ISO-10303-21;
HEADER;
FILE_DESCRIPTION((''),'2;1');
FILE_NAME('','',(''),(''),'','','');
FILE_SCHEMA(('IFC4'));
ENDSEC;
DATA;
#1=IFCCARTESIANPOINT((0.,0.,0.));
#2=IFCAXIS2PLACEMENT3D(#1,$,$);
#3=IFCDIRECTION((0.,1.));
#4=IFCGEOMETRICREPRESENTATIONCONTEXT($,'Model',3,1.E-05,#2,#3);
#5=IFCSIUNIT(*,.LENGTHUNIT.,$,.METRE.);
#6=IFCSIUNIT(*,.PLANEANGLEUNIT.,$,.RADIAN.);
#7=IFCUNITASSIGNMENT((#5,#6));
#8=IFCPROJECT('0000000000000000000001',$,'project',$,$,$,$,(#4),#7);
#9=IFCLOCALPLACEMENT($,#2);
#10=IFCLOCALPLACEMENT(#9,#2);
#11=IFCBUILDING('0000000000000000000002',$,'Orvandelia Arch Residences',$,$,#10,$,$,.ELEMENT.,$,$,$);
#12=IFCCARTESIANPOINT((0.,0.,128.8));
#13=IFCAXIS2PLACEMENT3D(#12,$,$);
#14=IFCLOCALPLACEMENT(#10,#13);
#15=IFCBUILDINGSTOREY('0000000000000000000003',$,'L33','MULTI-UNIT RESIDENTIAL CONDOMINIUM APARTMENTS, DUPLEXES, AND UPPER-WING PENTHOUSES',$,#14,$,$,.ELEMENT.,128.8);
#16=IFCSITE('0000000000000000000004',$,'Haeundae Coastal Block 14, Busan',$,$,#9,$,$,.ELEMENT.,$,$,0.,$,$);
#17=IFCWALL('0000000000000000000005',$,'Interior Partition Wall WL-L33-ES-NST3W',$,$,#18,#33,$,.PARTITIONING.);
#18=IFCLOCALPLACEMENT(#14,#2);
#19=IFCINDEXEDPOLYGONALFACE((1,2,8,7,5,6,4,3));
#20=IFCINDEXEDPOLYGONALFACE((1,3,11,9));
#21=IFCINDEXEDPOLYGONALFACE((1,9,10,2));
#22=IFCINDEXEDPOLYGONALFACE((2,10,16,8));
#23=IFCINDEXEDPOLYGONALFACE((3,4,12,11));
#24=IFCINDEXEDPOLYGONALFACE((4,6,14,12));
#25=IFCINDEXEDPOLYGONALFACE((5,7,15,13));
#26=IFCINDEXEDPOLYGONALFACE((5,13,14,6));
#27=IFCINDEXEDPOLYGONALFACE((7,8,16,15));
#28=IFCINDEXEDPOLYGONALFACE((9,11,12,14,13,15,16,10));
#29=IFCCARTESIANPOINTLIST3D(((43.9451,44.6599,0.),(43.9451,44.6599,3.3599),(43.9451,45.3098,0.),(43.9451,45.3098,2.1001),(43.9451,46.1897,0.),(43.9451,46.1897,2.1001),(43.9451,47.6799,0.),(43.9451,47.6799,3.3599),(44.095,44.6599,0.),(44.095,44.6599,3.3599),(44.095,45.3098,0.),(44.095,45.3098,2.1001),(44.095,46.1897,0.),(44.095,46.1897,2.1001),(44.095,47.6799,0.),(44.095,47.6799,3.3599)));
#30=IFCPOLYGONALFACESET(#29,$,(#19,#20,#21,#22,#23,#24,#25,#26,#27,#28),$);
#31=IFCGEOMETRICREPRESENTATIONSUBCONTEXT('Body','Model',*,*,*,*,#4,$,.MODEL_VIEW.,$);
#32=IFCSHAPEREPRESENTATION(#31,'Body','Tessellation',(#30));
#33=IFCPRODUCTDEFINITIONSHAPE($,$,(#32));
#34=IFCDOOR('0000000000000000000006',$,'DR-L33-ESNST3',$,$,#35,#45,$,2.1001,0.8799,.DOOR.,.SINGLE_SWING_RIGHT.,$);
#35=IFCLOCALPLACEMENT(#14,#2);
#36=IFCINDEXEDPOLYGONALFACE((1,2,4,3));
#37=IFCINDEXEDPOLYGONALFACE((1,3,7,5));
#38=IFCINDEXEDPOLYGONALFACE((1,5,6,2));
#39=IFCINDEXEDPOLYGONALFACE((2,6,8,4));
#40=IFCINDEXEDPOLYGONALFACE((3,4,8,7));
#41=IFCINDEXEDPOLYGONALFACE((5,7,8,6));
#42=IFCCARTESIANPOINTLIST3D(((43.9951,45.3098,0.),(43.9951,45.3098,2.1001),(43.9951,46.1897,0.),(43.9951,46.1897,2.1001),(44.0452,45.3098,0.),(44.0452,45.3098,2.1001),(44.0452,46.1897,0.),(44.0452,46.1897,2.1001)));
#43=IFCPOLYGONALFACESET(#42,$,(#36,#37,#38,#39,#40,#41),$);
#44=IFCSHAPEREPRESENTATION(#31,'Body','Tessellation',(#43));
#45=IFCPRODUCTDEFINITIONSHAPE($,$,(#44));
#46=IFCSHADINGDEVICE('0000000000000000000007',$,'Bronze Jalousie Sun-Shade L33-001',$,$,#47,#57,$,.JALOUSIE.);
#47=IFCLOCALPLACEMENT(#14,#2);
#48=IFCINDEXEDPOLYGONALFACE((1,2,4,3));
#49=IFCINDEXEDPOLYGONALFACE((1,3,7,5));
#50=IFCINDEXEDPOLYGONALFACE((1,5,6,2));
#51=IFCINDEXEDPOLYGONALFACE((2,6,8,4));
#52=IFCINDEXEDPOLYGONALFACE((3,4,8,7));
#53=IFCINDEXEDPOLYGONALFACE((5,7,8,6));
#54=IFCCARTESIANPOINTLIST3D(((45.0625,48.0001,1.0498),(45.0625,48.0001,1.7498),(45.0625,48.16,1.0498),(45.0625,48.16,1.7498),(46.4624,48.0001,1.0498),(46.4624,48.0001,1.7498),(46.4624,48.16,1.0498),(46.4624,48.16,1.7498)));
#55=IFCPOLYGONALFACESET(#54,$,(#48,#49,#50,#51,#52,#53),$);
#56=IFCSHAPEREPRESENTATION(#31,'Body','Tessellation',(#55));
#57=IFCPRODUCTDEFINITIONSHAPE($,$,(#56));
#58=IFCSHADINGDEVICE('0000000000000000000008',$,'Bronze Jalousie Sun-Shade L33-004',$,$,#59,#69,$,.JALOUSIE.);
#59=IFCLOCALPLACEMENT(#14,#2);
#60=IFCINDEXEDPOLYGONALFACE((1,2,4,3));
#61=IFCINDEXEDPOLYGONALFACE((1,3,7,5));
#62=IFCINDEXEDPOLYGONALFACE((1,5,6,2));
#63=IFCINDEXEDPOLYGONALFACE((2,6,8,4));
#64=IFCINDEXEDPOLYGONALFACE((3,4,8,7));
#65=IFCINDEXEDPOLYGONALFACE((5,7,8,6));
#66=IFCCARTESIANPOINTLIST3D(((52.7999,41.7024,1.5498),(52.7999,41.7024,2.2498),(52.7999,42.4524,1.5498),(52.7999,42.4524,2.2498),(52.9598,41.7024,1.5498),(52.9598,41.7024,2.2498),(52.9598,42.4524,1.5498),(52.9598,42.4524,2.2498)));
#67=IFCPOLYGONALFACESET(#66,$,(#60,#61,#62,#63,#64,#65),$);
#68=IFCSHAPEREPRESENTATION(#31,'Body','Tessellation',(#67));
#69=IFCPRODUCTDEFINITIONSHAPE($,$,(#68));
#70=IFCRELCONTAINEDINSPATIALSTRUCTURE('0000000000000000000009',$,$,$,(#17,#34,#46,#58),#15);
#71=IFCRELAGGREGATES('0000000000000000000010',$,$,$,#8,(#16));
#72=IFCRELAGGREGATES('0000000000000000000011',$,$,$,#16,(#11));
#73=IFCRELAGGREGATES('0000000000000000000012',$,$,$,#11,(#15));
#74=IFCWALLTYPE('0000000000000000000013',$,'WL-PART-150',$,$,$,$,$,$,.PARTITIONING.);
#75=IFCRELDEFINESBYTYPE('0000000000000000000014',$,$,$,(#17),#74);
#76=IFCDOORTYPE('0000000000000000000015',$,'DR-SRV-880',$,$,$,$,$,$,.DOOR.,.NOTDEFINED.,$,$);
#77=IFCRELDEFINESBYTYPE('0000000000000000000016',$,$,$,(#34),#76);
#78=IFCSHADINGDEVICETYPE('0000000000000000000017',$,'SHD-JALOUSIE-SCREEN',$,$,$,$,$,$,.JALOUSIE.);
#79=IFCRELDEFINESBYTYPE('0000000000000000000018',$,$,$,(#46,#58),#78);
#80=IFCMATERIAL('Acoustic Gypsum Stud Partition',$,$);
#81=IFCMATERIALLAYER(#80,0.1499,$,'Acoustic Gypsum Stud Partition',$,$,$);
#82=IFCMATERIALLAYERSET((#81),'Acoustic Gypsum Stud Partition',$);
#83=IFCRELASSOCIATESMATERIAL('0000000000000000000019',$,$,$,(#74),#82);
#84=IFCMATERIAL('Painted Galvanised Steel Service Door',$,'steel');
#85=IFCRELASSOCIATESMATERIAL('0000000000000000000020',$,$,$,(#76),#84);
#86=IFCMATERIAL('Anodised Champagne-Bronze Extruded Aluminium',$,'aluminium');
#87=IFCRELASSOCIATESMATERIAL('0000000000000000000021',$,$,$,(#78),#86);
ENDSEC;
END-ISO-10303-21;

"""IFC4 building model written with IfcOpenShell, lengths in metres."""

from ifc_helpers import new_model, si_unit, direction, frame, frame_2d, origin, origin_2d, place, context, subcontext, project, spatial, rectangle, extrude, material, layer, layer_set, type_object, element, fill, save


model = new_model("IFC4")

# Units and contexts
model_context = context("Model", 3, precision=1e-05, world=origin(), true_north=direction((0.0, 1.0)))
body_context = subcontext(model_context, "Body", "Model", "MODEL_VIEW")
ifc_project = project(units=[si_unit("LENGTHUNIT", "METRE"), si_unit("PLANEANGLEUNIT", "RADIAN")], contexts=[model_context])

# Site, building, storey
site_placement = place(None, origin())
site = spatial("IfcSite", under=ifc_project, at=site_placement, Name="Haeundae Coastal Block 14, Busan", CompositionType="ELEMENT", RefElevation=0.0)
building_placement = place(site_placement, origin())
building = spatial("IfcBuilding", under=site, at=building_placement, Name="Orvandelia Arch Residences", CompositionType="ELEMENT")
storey_placement = place(building_placement, frame((0.0, 0.0, 128.8)))
storey = spatial("IfcBuildingStorey", under=building, at=storey_placement, Name="L33", Description="MULTI-UNIT RESIDENTIAL CONDOMINIUM APARTMENTS, DUPLEXES, AND UPPER-WING PENTHOUSES", CompositionType="ELEMENT", Elevation=128.8)

# Wall, opening, door
ifc_material_1 = material(Name="Acoustic Gypsum Stud Partition")
ifc_layer_1 = layer(ifc_material_1, 0.1499, Name="Acoustic Gypsum Stud Partition")
ifc_layer_set_1 = layer_set([ifc_layer_1], Name="Acoustic Gypsum Stud Partition")
wall_type_1 = type_object("IfcWallType", Name="WL-PART-150", PredefinedType="PARTITIONING", material=ifc_layer_set_1)
wall_1_placement = place(storey_placement, frame((44.02, 44.6599, 0.0), z_axis=(0.0, 0.0, 1.0), x_axis=(0.0, 1.0, 0.0)))
wall_1 = element("IfcWall", 1, at=wall_1_placement, inside=storey, type_object=wall_type_1, Name="Interior Partition Wall WL-L33-ES-NST3W", PredefinedType="PARTITIONING", context=body_context, shape_type="SweptSolid", body=[
    extrude(rectangle(XDim=3.02, YDim=0.1499, at=frame_2d((1.51, 0.0))), origin(), (0.0, 0.0, 1.0), 3.3599),
])
opening_1_placement = place(wall_1_placement, frame((0.6499, 0.0, 0.0)))
opening_1 = element("IfcOpeningElement", 2, at=opening_1_placement, cuts=wall_1, PredefinedType="OPENING", context=body_context, shape_type="SweptSolid", body=[
    extrude(rectangle(XDim=0.8799, YDim=2.1001, at=frame_2d((0.4399, 1.05))), frame((0.0, 0.085, 0.0), z_axis=(0.0, -1.0, 0.0), x_axis=(1.0, 0.0, 0.0)), (0.0, 0.0, 1.0), 0.1699),
])
ifc_material_2 = material(Name="Painted Galvanised Steel Service Door", Category="steel")
door_type_1 = type_object("IfcDoorType", Name="DR-SRV-880", OperationType="NOTDEFINED", PredefinedType="DOOR", material=ifc_material_2)
door_1_placement = place(opening_1_placement, origin())
door_1 = element("IfcDoor", 3, at=door_1_placement, inside=storey, type_object=door_type_1, Name="DR-L33-ESNST3", OperationType="SINGLE_SWING_RIGHT", OverallHeight=2.1001, OverallWidth=0.8799, PredefinedType="DOOR", context=body_context, shape_type="SweptSolid", body=[
    extrude(rectangle(XDim=0.8799, YDim=2.1001, at=frame_2d((0.4399, 1.05))), frame((0.0, 0.0249, 0.0), z_axis=(0.0, -1.0, 0.0), x_axis=(1.0, 0.0, 0.0)), (0.0, 0.0, 1.0), 0.05),
])
fill(opening_1, door_1)

# Shading devices
ifc_material_3 = material(Name="Anodised Champagne-Bronze Extruded Aluminium", Category="aluminium")
shading_device_type = type_object("IfcShadingDeviceType", Name="SHD-JALOUSIE-SCREEN", PredefinedType="JALOUSIE", material=ifc_material_3)
shading_device_1_placement = place(storey_placement, frame((45.7625, 48.0801, 1.0498), z_axis=(0.0, 0.0, 1.0), x_axis=(1.0, 0.0, 0.0)))
element("IfcShadingDevice", 4, at=shading_device_1_placement, inside=storey, type_object=shading_device_type, Name="Bronze Jalousie Sun-Shade L33-001", PredefinedType="JALOUSIE", context=body_context, shape_type="SweptSolid", body=[
    extrude(rectangle(XDim=1.3999, YDim=0.1599, at=origin_2d()), origin(), (0.0, 0.0, 1.0), 0.7),
])
shading_device_2_placement = place(storey_placement, frame((52.8799, 42.0774, 1.5498), z_axis=(0.0, 0.0, 1.0), x_axis=(0.0, -1.0, 0.0)))
element("IfcShadingDevice", 5, at=shading_device_2_placement, inside=storey, type_object=shading_device_type, Name="Bronze Jalousie Sun-Shade L33-004", PredefinedType="JALOUSIE", context=body_context, shape_type="SweptSolid", body=[
    extrude(rectangle(XDim=0.75, YDim=0.1599, at=origin_2d()), origin(), (0.0, 0.0, 1.0), 0.7),
])

save(model, "model.ifc")
